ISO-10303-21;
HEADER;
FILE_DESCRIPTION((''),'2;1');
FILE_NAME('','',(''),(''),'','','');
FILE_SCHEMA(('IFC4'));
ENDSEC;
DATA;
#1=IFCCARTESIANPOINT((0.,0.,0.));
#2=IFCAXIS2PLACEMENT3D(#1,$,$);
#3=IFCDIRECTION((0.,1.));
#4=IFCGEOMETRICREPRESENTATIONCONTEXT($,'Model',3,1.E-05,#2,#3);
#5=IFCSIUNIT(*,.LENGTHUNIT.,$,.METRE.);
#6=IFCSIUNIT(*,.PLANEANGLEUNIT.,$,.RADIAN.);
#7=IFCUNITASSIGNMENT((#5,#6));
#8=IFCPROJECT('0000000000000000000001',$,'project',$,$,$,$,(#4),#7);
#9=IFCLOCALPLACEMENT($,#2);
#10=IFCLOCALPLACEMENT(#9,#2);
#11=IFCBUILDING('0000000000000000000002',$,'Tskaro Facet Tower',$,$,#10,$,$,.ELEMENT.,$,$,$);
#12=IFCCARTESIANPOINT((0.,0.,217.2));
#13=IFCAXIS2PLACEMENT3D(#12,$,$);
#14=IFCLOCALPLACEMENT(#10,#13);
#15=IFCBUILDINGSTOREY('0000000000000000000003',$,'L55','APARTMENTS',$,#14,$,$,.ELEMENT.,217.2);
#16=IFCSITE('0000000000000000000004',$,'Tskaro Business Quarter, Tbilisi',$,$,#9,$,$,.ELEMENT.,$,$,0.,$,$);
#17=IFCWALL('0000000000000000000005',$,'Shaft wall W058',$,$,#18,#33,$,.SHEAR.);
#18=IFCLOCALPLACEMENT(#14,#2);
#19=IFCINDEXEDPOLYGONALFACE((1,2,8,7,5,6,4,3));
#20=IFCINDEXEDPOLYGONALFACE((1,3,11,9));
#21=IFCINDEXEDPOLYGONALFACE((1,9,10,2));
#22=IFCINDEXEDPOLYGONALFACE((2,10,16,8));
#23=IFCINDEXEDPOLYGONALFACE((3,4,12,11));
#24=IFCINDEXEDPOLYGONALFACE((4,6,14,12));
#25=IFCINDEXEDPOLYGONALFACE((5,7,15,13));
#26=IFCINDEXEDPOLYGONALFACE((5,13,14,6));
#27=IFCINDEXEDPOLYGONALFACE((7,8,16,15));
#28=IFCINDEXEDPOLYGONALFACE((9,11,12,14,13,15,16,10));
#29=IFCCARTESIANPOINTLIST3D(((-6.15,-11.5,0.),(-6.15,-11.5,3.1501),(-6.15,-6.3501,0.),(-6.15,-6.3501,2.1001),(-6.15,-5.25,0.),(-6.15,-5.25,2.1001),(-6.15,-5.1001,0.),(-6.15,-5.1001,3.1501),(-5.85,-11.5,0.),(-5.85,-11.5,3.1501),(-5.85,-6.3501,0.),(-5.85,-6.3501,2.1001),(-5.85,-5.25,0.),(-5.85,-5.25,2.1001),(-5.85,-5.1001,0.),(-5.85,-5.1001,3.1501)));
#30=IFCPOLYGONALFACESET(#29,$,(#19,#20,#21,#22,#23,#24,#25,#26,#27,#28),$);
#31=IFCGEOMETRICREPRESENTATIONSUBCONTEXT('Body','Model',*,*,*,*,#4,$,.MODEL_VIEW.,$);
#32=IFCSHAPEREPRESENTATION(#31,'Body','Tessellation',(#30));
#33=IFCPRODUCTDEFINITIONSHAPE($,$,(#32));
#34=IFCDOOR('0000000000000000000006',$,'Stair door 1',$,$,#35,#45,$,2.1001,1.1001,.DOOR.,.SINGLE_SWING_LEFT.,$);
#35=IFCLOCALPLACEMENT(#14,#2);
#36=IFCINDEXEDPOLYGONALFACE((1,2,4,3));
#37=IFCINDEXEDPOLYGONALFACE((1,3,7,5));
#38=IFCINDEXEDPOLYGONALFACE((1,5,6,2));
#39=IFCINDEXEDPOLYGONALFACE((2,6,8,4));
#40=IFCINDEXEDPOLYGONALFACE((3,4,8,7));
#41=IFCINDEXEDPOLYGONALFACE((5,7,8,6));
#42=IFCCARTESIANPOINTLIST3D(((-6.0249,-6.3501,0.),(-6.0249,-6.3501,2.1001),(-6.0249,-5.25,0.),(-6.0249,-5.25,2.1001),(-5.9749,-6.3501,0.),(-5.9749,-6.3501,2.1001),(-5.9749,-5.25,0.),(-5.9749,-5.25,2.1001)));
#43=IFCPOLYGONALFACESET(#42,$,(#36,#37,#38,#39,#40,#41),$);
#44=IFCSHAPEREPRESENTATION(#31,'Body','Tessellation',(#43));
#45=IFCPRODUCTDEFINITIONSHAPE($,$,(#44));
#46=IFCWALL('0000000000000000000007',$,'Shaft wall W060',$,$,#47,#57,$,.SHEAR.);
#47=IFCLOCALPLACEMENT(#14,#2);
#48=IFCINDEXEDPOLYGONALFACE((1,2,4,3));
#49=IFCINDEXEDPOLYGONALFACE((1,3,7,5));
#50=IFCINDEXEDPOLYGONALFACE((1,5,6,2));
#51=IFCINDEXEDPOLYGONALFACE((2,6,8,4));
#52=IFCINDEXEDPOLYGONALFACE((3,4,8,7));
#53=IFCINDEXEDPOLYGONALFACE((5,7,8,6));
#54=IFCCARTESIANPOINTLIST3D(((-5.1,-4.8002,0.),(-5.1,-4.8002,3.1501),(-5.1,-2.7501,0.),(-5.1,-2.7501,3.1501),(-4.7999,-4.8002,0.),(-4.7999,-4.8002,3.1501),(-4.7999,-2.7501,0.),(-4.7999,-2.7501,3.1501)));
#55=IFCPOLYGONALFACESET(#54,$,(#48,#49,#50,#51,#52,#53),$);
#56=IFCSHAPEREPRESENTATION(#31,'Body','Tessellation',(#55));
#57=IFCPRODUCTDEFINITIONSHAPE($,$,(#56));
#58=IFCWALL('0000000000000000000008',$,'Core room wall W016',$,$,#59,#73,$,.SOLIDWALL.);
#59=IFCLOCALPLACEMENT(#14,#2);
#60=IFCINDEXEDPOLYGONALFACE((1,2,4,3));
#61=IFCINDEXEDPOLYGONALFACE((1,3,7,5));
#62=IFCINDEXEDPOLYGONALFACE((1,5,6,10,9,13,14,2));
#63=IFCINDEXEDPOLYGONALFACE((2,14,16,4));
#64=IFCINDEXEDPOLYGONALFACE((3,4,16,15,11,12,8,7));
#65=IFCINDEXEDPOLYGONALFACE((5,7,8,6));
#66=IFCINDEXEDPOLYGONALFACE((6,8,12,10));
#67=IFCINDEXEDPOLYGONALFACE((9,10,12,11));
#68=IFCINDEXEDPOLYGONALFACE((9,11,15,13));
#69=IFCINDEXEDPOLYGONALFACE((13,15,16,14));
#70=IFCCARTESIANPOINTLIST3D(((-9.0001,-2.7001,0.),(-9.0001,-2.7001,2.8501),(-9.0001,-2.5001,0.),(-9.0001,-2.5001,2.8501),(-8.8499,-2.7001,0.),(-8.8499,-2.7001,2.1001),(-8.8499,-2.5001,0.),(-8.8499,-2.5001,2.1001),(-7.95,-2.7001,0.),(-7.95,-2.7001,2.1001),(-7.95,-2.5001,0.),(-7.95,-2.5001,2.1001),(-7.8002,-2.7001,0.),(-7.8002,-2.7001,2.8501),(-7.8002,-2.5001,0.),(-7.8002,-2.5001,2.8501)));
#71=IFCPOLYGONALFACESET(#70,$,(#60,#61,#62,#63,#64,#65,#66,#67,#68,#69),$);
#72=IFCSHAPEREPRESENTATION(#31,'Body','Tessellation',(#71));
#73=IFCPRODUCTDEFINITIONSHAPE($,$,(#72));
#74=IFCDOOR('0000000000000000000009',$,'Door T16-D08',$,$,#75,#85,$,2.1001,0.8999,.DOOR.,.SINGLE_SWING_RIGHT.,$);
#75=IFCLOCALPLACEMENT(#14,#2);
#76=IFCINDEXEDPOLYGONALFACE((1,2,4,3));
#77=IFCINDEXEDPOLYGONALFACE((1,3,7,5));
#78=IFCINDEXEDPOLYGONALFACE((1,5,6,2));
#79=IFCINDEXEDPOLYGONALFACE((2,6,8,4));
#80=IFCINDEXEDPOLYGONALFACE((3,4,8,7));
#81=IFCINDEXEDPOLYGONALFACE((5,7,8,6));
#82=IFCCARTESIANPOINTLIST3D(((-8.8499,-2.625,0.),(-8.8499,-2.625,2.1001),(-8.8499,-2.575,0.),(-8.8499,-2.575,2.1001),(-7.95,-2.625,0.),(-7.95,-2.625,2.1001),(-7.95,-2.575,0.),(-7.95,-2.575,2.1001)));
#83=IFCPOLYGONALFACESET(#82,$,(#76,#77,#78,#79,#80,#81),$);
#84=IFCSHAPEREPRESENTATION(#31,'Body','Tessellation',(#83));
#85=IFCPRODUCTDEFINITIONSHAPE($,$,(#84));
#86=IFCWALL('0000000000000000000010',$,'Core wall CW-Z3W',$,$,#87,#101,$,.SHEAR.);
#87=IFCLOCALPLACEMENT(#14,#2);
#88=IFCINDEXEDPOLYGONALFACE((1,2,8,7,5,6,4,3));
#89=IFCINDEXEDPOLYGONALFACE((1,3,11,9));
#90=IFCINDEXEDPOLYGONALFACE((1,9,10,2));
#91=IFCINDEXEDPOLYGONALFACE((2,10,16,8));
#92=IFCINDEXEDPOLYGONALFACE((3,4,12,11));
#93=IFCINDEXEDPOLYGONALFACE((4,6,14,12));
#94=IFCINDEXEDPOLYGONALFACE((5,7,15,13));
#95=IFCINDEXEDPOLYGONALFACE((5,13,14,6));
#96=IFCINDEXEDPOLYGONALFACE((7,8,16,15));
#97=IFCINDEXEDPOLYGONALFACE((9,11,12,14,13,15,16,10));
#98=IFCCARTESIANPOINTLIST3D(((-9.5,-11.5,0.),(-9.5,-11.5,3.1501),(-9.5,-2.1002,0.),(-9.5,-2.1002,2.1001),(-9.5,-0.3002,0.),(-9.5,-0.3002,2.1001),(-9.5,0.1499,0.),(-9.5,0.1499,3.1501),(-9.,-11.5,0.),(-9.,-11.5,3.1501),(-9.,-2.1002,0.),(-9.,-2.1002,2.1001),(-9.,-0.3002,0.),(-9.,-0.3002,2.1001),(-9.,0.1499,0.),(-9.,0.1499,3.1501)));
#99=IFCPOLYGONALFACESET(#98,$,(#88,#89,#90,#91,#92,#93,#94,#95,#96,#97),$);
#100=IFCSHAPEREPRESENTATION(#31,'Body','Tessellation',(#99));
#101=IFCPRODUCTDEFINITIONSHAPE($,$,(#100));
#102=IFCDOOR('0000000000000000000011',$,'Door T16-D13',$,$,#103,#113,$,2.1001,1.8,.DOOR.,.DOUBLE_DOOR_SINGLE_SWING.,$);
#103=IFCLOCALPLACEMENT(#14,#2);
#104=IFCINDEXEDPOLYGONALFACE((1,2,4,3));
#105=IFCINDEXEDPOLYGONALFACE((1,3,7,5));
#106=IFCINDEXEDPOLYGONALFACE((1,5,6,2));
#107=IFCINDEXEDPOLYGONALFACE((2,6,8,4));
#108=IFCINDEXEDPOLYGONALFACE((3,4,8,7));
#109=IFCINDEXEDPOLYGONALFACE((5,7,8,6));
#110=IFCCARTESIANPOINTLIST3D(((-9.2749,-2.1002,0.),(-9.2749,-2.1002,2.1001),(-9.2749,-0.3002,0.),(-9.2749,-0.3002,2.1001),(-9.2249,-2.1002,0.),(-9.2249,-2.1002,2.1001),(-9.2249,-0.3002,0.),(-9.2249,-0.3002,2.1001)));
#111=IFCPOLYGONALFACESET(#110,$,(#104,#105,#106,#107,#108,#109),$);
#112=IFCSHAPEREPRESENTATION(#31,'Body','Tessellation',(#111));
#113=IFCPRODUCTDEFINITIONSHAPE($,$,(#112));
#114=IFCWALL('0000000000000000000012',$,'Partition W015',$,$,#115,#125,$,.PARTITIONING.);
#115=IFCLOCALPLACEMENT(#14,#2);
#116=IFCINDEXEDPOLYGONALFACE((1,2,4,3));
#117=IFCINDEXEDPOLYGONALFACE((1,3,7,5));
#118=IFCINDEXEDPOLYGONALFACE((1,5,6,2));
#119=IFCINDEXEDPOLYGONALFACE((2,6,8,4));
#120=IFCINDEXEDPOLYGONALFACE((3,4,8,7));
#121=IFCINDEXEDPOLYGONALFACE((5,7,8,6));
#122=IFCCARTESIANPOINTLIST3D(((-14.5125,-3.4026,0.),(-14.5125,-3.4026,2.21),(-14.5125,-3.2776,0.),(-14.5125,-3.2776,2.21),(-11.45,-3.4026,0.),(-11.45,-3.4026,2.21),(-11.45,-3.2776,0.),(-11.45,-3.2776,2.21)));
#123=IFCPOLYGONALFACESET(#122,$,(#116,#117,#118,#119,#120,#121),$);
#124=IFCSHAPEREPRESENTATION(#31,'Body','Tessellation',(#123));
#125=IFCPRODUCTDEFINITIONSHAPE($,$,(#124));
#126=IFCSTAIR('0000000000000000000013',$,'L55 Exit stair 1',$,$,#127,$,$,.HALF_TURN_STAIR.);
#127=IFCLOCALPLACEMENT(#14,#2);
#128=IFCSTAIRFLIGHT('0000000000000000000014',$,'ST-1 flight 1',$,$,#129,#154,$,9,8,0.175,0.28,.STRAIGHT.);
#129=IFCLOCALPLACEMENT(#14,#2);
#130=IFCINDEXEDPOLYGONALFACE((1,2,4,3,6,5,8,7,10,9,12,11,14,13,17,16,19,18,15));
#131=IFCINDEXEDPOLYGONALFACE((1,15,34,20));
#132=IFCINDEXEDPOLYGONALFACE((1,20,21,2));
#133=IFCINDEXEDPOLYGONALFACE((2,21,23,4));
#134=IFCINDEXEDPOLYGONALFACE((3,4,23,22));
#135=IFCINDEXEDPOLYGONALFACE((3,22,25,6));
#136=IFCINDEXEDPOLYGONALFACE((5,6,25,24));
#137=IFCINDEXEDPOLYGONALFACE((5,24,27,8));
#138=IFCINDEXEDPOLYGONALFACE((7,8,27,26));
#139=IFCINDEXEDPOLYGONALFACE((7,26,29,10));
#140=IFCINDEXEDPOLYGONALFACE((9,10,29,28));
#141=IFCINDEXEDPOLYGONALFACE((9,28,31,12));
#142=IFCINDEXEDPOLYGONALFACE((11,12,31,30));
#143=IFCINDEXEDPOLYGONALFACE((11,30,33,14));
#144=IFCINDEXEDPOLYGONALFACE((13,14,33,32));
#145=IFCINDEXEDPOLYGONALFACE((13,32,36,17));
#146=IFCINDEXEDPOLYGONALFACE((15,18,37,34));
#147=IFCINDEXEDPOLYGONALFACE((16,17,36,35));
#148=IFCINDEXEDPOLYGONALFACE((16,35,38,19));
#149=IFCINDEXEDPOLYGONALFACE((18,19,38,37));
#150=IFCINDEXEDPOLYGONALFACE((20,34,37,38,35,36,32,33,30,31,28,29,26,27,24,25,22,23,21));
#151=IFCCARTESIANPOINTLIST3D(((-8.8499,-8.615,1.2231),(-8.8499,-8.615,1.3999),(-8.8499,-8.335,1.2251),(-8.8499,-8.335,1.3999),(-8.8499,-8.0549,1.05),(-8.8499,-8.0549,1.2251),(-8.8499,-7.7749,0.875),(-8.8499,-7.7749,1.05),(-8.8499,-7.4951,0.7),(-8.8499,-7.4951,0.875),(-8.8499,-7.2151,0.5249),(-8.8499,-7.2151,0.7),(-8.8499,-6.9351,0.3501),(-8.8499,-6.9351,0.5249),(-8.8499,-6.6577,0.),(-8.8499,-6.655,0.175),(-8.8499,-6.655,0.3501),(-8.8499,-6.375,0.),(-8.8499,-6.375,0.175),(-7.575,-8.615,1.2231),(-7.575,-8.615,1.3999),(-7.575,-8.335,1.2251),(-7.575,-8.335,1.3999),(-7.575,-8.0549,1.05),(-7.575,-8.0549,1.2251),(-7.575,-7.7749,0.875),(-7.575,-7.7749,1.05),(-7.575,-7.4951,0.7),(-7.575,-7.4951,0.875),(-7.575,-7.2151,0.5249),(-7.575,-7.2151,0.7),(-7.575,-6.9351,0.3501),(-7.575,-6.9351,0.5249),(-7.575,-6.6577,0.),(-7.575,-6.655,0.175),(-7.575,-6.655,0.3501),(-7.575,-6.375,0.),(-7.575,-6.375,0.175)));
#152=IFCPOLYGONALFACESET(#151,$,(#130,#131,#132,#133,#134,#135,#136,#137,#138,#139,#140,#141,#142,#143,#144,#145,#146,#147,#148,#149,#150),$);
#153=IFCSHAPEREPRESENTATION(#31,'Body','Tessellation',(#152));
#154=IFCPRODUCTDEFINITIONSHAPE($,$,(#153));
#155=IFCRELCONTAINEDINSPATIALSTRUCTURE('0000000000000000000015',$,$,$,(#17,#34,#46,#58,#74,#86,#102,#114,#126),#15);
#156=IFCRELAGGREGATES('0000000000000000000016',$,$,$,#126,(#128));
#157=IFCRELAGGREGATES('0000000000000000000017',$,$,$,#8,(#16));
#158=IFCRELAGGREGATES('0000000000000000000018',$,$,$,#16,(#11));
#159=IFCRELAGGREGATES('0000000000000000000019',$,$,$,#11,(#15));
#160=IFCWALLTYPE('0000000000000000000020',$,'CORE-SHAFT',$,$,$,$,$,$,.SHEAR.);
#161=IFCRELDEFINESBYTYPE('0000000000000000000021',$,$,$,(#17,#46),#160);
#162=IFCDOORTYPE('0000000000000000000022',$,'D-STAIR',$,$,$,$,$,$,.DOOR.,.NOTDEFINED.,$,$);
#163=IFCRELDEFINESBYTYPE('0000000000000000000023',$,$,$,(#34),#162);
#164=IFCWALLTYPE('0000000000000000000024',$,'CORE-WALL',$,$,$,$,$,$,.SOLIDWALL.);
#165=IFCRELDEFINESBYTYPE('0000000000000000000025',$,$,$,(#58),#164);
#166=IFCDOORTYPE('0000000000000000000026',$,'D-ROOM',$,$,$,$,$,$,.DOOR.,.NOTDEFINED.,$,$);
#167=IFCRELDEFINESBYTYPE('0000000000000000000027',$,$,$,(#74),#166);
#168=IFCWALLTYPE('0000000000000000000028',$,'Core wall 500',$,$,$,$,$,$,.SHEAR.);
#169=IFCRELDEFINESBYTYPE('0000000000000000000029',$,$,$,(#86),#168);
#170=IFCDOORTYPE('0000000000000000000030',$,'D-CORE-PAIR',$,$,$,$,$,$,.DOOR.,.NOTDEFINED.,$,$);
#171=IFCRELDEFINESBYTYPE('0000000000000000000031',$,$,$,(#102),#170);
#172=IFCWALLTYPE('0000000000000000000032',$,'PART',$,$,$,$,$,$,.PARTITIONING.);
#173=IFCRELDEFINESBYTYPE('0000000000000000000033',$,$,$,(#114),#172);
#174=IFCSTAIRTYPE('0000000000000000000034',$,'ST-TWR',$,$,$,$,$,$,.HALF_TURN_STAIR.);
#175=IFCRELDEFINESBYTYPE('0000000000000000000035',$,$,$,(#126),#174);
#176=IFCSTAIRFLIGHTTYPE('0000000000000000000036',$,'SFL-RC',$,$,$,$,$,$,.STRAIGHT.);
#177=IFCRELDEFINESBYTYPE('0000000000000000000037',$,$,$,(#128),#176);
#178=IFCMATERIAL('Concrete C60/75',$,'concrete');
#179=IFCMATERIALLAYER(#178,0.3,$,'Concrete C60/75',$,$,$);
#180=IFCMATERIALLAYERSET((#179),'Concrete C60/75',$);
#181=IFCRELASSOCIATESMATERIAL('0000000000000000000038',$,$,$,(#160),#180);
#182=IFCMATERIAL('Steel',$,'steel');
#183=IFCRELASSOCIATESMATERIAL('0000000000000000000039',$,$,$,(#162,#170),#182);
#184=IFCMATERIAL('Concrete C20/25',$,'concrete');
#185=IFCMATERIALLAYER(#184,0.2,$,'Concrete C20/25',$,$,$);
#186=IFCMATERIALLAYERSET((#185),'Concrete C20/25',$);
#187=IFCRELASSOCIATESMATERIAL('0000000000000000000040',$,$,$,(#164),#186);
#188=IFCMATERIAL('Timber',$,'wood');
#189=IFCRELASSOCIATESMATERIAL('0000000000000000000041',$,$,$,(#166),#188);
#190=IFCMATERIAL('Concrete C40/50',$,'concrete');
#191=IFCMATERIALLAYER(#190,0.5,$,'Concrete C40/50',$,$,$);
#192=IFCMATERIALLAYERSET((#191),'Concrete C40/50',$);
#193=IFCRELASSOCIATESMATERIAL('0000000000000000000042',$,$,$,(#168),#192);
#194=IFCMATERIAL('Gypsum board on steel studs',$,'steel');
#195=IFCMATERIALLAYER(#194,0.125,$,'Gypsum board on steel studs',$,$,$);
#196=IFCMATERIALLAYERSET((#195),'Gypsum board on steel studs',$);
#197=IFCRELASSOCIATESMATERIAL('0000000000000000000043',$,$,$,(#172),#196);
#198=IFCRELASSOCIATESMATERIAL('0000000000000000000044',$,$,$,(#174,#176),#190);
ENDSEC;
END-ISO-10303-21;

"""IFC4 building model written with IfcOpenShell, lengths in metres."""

from ifc_helpers import new_model, si_unit, direction, frame, frame_2d, origin, place, context, subcontext, project, spatial, polyline, rectangle, outline, extrude, material, layer, layer_set, type_object, element, fill, aggregate, save


model = new_model("IFC4")

# Units and contexts
model_context = context("Model", 3, precision=1e-05, world=origin(), true_north=direction((0.0, 1.0)))
body_context = subcontext(model_context, "Body", "Model", "MODEL_VIEW")
ifc_project = project(units=[si_unit("LENGTHUNIT", "METRE"), si_unit("PLANEANGLEUNIT", "RADIAN")], contexts=[model_context])

# Site, building, storey
site_placement = place(None, origin())
site = spatial("IfcSite", under=ifc_project, at=site_placement, Name="Tskaro Business Quarter, Tbilisi", CompositionType="ELEMENT", RefElevation=0.0)
building_placement = place(site_placement, origin())
building = spatial("IfcBuilding", under=site, at=building_placement, Name="Tskaro Facet Tower", CompositionType="ELEMENT")
storey_placement = place(building_placement, frame((0.0, 0.0, 217.2)))
storey = spatial("IfcBuildingStorey", under=building, at=storey_placement, Name="L55", Description="APARTMENTS", CompositionType="ELEMENT", Elevation=217.2)

# Shared definitions
ifc_material_1 = material(Name="Concrete C60/75", Category="concrete")
ifc_layer_1 = layer(ifc_material_1, 0.3, Name="Concrete C60/75")
ifc_layer_set_1 = layer_set([ifc_layer_1], Name="Concrete C60/75")
wall_type_1 = type_object("IfcWallType", Name="CORE-SHAFT", PredefinedType="SHEAR", material=ifc_layer_set_1)

# Wall, opening, door
wall_1_placement = place(storey_placement, frame((-6.0, -11.5, 0.0), z_axis=(0.0, 0.0, 1.0), x_axis=(0.0, 1.0, 0.0)))
wall_1 = element("IfcWall", 1, at=wall_1_placement, inside=storey, type_object=wall_type_1, Name="Shaft wall W058", PredefinedType="SHEAR", context=body_context, shape_type="SweptSolid", body=[
    extrude(rectangle(XDim=6.3999, YDim=0.3, at=frame_2d((3.2, 0.0))), origin(), (0.0, 0.0, 1.0), 3.1501),
])
opening_1_placement = place(wall_1_placement, frame((5.1499, 0.0, 0.0)))
opening_1 = element("IfcOpeningElement", 2, at=opening_1_placement, cuts=wall_1, PredefinedType="OPENING", context=body_context, shape_type="SweptSolid", body=[
    extrude(rectangle(XDim=1.1001, YDim=2.1001, at=frame_2d((0.55, 1.05))), frame((0.0, 0.1599, 0.0), z_axis=(0.0, -1.0, 0.0), x_axis=(1.0, 0.0, 0.0)), (0.0, 0.0, 1.0), 0.3201),
])
ifc_material_2 = material(Name="Steel", Category="steel")
door_type_1 = type_object("IfcDoorType", Name="D-STAIR", OperationType="NOTDEFINED", PredefinedType="DOOR", material=ifc_material_2)
door_1_placement = place(opening_1_placement, origin())
door_1 = element("IfcDoor", 3, at=door_1_placement, inside=storey, type_object=door_type_1, Name="Stair door 1", OperationType="SINGLE_SWING_LEFT", OverallHeight=2.1001, OverallWidth=1.1001, PredefinedType="DOOR", context=body_context, shape_type="SweptSolid", body=[
    extrude(rectangle(XDim=1.1001, YDim=2.1001, at=frame_2d((0.55, 1.05))), frame((0.0, 0.0249, 0.0), z_axis=(0.0, -1.0, 0.0), x_axis=(1.0, 0.0, 0.0)), (0.0, 0.0, 1.0), 0.05),
])
fill(opening_1, door_1)

# Wall
wall_2_placement = place(storey_placement, frame((-4.95, -4.8, 0.0), z_axis=(0.0, 0.0, 1.0), x_axis=(0.0, 1.0, 0.0)))
element("IfcWall", 4, at=wall_2_placement, inside=storey, type_object=wall_type_1, Name="Shaft wall W060", PredefinedType="SHEAR", context=body_context, shape_type="SweptSolid", body=[
    extrude(rectangle(XDim=2.05, YDim=0.3, at=frame_2d((1.0249, 0.0))), origin(), (0.0, 0.0, 1.0), 3.1501),
])

# Walls, openings, doors
ifc_material_3 = material(Name="Concrete C20/25", Category="concrete")
ifc_layer_2 = layer(ifc_material_3, 0.2, Name="Concrete C20/25")
ifc_layer_set_2 = layer_set([ifc_layer_2], Name="Concrete C20/25")
wall_type_2 = type_object("IfcWallType", Name="CORE-WALL", PredefinedType="SOLIDWALL", material=ifc_layer_set_2)
wall_3_placement = place(storey_placement, frame((-7.8, -2.6001, 0.0), z_axis=(0.0, 0.0, 1.0), x_axis=(-1.0, 0.0, 0.0)))
wall_3 = element("IfcWall", 5, at=wall_3_placement, inside=storey, type_object=wall_type_2, Name="Core room wall W016", PredefinedType="SOLIDWALL", context=body_context, shape_type="SweptSolid", body=[
    extrude(rectangle(XDim=1.2, YDim=0.2, at=frame_2d((0.6001, 0.0))), origin(), (0.0, 0.0, 1.0), 2.8501),
])
opening_2_placement = place(wall_3_placement, frame((0.1499, 0.0, 0.0)))
opening_2 = element("IfcOpeningElement", 6, at=opening_2_placement, cuts=wall_3, PredefinedType="OPENING", context=body_context, shape_type="SweptSolid", body=[
    extrude(rectangle(XDim=0.8999, YDim=2.1001, at=frame_2d((0.45, 1.05))), frame((0.0, 0.1099, 0.0), z_axis=(0.0, -1.0, 0.0), x_axis=(1.0, 0.0, 0.0)), (0.0, 0.0, 1.0), 0.22),
])
ifc_material_4 = material(Name="Timber", Category="wood")
door_type_2 = type_object("IfcDoorType", Name="D-ROOM", OperationType="NOTDEFINED", PredefinedType="DOOR", material=ifc_material_4)
door_2_placement = place(opening_2_placement, origin())
door_2 = element("IfcDoor", 7, at=door_2_placement, inside=storey, type_object=door_type_2, Name="Door T16-D08", OperationType="SINGLE_SWING_RIGHT", OverallHeight=2.1001, OverallWidth=0.8999, PredefinedType="DOOR", context=body_context, shape_type="SweptSolid", body=[
    extrude(rectangle(XDim=0.8999, YDim=2.1001, at=frame_2d((0.45, 1.05))), frame((0.0, 0.0249, 0.0), z_axis=(0.0, -1.0, 0.0), x_axis=(1.0, 0.0, 0.0)), (0.0, 0.0, 1.0), 0.05),
])
fill(opening_2, door_2)
ifc_material_5 = material(Name="Concrete C40/50", Category="concrete")
ifc_layer_3 = layer(ifc_material_5, 0.5, Name="Concrete C40/50")
ifc_layer_set_3 = layer_set([ifc_layer_3], Name="Concrete C40/50")
wall_type_3 = type_object("IfcWallType", Name="Core wall 500", PredefinedType="SHEAR", material=ifc_layer_set_3)
wall_4_placement = place(storey_placement, frame((-9.25, -11.5, 0.0), z_axis=(0.0, 0.0, 1.0), x_axis=(0.0, 1.0, 0.0)))
wall_4 = element("IfcWall", 8, at=wall_4_placement, inside=storey, type_object=wall_type_3, Name="Core wall CW-Z3W", PredefinedType="SHEAR", context=body_context, shape_type="SweptSolid", body=[
    extrude(rectangle(XDim=11.6499, YDim=0.5, at=frame_2d((5.825, 0.0))), origin(), (0.0, 0.0, 1.0), 3.1501),
])
opening_3_placement = place(wall_4_placement, frame((9.3999, 0.0, 0.0)))
opening_3 = element("IfcOpeningElement", 9, at=opening_3_placement, cuts=wall_4, PredefinedType="OPENING", context=body_context, shape_type="SweptSolid", body=[
    extrude(rectangle(XDim=1.8, YDim=2.1001, at=frame_2d((0.8999, 1.05))), frame((0.0, 0.26, 0.0), z_axis=(0.0, -1.0, 0.0), x_axis=(1.0, 0.0, 0.0)), (0.0, 0.0, 1.0), 0.52),
])
door_type_3 = type_object("IfcDoorType", Name="D-CORE-PAIR", OperationType="NOTDEFINED", PredefinedType="DOOR", material=ifc_material_2)
door_3_placement = place(opening_3_placement, origin())
door_3 = element("IfcDoor", 10, at=door_3_placement, inside=storey, type_object=door_type_3, Name="Door T16-D13", OperationType="DOUBLE_DOOR_SINGLE_SWING", OverallHeight=2.1001, OverallWidth=1.8, PredefinedType="DOOR", context=body_context, shape_type="SweptSolid", body=[
    extrude(rectangle(XDim=1.8, YDim=2.1001, at=frame_2d((0.8999, 1.05))), frame((0.0, 0.0249, 0.0), z_axis=(0.0, -1.0, 0.0), x_axis=(1.0, 0.0, 0.0)), (0.0, 0.0, 1.0), 0.05),
])
fill(opening_3, door_3)

# Wall
ifc_material_6 = material(Name="Gypsum board on steel studs", Category="steel")
ifc_layer_4 = layer(ifc_material_6, 0.125, Name="Gypsum board on steel studs")
ifc_layer_set_4 = layer_set([ifc_layer_4], Name="Gypsum board on steel studs")
wall_type_4 = type_object("IfcWallType", Name="PART", PredefinedType="PARTITIONING", material=ifc_layer_set_4)
wall_5_placement = place(storey_placement, frame((-14.5125, -3.3401, 0.0), z_axis=(0.0, 0.0, 1.0), x_axis=(1.0, 0.0, 0.0)))
element("IfcWall", 11, at=wall_5_placement, inside=storey, type_object=wall_type_4, Name="Partition W015", PredefinedType="PARTITIONING", context=body_context, shape_type="SweptSolid", body=[
    extrude(rectangle(XDim=3.0625, YDim=0.125, at=frame_2d((1.5312, 0.0))), origin(), (0.0, 0.0, 1.0), 2.21),
])

# Stair, stair flight
stair_type = type_object("IfcStairType", Name="ST-TWR", PredefinedType="HALF_TURN_STAIR", material=ifc_material_5)
stair_placement = place(storey_placement, origin())
stair = element("IfcStair", 12, at=stair_placement, inside=storey, type_object=stair_type, Name="L55 Exit stair 1", PredefinedType="HALF_TURN_STAIR")
stair_flight_type = type_object("IfcStairFlightType", Name="SFL-RC", PredefinedType="STRAIGHT", material=ifc_material_5)
stair_flight_1_placement = place(storey_placement, frame((-8.2124, -6.375, 0.0), z_axis=(0.0, 0.0, 1.0), x_axis=(0.0, -1.0, 0.0)))
stair_flight_1 = element("IfcStairFlight", 13, at=stair_flight_1_placement, type_object=stair_flight_type, Name="ST-1 flight 1", NumberOfRisers=9, NumberOfTreads=8, PredefinedType="STRAIGHT", RiserHeight=0.175, TreadLength=0.28, context=body_context, shape_type="SweptSolid", body=[
    extrude(outline(polyline([(0.0, 0.0), (0.0, 0.175), (0.28, 0.175), (0.28, 0.3501), (0.5601, 0.3501), (0.5601, 0.5249), (0.8401, 0.5249), (0.8401, 0.7), (1.1201, 0.7), (1.1201, 0.875), (1.3999, 0.875), (1.3999, 1.05), (1.6799, 1.05), (1.6799, 1.2251), (1.96, 1.2251), (1.96, 1.3999), (2.24, 1.3999), (2.24, 1.575), (2.24, 1.2231), (0.2827, 0.0), (0.0, 0.0)])), frame((0.0, 0.6375, 0.0), z_axis=(0.0, -1.0, 0.0), x_axis=(1.0, 0.0, 0.0)), (0.0, 0.0, 1.0), 1.2749),
])
aggregate(stair, [stair_flight_1])

save(model, "model.ifc")
